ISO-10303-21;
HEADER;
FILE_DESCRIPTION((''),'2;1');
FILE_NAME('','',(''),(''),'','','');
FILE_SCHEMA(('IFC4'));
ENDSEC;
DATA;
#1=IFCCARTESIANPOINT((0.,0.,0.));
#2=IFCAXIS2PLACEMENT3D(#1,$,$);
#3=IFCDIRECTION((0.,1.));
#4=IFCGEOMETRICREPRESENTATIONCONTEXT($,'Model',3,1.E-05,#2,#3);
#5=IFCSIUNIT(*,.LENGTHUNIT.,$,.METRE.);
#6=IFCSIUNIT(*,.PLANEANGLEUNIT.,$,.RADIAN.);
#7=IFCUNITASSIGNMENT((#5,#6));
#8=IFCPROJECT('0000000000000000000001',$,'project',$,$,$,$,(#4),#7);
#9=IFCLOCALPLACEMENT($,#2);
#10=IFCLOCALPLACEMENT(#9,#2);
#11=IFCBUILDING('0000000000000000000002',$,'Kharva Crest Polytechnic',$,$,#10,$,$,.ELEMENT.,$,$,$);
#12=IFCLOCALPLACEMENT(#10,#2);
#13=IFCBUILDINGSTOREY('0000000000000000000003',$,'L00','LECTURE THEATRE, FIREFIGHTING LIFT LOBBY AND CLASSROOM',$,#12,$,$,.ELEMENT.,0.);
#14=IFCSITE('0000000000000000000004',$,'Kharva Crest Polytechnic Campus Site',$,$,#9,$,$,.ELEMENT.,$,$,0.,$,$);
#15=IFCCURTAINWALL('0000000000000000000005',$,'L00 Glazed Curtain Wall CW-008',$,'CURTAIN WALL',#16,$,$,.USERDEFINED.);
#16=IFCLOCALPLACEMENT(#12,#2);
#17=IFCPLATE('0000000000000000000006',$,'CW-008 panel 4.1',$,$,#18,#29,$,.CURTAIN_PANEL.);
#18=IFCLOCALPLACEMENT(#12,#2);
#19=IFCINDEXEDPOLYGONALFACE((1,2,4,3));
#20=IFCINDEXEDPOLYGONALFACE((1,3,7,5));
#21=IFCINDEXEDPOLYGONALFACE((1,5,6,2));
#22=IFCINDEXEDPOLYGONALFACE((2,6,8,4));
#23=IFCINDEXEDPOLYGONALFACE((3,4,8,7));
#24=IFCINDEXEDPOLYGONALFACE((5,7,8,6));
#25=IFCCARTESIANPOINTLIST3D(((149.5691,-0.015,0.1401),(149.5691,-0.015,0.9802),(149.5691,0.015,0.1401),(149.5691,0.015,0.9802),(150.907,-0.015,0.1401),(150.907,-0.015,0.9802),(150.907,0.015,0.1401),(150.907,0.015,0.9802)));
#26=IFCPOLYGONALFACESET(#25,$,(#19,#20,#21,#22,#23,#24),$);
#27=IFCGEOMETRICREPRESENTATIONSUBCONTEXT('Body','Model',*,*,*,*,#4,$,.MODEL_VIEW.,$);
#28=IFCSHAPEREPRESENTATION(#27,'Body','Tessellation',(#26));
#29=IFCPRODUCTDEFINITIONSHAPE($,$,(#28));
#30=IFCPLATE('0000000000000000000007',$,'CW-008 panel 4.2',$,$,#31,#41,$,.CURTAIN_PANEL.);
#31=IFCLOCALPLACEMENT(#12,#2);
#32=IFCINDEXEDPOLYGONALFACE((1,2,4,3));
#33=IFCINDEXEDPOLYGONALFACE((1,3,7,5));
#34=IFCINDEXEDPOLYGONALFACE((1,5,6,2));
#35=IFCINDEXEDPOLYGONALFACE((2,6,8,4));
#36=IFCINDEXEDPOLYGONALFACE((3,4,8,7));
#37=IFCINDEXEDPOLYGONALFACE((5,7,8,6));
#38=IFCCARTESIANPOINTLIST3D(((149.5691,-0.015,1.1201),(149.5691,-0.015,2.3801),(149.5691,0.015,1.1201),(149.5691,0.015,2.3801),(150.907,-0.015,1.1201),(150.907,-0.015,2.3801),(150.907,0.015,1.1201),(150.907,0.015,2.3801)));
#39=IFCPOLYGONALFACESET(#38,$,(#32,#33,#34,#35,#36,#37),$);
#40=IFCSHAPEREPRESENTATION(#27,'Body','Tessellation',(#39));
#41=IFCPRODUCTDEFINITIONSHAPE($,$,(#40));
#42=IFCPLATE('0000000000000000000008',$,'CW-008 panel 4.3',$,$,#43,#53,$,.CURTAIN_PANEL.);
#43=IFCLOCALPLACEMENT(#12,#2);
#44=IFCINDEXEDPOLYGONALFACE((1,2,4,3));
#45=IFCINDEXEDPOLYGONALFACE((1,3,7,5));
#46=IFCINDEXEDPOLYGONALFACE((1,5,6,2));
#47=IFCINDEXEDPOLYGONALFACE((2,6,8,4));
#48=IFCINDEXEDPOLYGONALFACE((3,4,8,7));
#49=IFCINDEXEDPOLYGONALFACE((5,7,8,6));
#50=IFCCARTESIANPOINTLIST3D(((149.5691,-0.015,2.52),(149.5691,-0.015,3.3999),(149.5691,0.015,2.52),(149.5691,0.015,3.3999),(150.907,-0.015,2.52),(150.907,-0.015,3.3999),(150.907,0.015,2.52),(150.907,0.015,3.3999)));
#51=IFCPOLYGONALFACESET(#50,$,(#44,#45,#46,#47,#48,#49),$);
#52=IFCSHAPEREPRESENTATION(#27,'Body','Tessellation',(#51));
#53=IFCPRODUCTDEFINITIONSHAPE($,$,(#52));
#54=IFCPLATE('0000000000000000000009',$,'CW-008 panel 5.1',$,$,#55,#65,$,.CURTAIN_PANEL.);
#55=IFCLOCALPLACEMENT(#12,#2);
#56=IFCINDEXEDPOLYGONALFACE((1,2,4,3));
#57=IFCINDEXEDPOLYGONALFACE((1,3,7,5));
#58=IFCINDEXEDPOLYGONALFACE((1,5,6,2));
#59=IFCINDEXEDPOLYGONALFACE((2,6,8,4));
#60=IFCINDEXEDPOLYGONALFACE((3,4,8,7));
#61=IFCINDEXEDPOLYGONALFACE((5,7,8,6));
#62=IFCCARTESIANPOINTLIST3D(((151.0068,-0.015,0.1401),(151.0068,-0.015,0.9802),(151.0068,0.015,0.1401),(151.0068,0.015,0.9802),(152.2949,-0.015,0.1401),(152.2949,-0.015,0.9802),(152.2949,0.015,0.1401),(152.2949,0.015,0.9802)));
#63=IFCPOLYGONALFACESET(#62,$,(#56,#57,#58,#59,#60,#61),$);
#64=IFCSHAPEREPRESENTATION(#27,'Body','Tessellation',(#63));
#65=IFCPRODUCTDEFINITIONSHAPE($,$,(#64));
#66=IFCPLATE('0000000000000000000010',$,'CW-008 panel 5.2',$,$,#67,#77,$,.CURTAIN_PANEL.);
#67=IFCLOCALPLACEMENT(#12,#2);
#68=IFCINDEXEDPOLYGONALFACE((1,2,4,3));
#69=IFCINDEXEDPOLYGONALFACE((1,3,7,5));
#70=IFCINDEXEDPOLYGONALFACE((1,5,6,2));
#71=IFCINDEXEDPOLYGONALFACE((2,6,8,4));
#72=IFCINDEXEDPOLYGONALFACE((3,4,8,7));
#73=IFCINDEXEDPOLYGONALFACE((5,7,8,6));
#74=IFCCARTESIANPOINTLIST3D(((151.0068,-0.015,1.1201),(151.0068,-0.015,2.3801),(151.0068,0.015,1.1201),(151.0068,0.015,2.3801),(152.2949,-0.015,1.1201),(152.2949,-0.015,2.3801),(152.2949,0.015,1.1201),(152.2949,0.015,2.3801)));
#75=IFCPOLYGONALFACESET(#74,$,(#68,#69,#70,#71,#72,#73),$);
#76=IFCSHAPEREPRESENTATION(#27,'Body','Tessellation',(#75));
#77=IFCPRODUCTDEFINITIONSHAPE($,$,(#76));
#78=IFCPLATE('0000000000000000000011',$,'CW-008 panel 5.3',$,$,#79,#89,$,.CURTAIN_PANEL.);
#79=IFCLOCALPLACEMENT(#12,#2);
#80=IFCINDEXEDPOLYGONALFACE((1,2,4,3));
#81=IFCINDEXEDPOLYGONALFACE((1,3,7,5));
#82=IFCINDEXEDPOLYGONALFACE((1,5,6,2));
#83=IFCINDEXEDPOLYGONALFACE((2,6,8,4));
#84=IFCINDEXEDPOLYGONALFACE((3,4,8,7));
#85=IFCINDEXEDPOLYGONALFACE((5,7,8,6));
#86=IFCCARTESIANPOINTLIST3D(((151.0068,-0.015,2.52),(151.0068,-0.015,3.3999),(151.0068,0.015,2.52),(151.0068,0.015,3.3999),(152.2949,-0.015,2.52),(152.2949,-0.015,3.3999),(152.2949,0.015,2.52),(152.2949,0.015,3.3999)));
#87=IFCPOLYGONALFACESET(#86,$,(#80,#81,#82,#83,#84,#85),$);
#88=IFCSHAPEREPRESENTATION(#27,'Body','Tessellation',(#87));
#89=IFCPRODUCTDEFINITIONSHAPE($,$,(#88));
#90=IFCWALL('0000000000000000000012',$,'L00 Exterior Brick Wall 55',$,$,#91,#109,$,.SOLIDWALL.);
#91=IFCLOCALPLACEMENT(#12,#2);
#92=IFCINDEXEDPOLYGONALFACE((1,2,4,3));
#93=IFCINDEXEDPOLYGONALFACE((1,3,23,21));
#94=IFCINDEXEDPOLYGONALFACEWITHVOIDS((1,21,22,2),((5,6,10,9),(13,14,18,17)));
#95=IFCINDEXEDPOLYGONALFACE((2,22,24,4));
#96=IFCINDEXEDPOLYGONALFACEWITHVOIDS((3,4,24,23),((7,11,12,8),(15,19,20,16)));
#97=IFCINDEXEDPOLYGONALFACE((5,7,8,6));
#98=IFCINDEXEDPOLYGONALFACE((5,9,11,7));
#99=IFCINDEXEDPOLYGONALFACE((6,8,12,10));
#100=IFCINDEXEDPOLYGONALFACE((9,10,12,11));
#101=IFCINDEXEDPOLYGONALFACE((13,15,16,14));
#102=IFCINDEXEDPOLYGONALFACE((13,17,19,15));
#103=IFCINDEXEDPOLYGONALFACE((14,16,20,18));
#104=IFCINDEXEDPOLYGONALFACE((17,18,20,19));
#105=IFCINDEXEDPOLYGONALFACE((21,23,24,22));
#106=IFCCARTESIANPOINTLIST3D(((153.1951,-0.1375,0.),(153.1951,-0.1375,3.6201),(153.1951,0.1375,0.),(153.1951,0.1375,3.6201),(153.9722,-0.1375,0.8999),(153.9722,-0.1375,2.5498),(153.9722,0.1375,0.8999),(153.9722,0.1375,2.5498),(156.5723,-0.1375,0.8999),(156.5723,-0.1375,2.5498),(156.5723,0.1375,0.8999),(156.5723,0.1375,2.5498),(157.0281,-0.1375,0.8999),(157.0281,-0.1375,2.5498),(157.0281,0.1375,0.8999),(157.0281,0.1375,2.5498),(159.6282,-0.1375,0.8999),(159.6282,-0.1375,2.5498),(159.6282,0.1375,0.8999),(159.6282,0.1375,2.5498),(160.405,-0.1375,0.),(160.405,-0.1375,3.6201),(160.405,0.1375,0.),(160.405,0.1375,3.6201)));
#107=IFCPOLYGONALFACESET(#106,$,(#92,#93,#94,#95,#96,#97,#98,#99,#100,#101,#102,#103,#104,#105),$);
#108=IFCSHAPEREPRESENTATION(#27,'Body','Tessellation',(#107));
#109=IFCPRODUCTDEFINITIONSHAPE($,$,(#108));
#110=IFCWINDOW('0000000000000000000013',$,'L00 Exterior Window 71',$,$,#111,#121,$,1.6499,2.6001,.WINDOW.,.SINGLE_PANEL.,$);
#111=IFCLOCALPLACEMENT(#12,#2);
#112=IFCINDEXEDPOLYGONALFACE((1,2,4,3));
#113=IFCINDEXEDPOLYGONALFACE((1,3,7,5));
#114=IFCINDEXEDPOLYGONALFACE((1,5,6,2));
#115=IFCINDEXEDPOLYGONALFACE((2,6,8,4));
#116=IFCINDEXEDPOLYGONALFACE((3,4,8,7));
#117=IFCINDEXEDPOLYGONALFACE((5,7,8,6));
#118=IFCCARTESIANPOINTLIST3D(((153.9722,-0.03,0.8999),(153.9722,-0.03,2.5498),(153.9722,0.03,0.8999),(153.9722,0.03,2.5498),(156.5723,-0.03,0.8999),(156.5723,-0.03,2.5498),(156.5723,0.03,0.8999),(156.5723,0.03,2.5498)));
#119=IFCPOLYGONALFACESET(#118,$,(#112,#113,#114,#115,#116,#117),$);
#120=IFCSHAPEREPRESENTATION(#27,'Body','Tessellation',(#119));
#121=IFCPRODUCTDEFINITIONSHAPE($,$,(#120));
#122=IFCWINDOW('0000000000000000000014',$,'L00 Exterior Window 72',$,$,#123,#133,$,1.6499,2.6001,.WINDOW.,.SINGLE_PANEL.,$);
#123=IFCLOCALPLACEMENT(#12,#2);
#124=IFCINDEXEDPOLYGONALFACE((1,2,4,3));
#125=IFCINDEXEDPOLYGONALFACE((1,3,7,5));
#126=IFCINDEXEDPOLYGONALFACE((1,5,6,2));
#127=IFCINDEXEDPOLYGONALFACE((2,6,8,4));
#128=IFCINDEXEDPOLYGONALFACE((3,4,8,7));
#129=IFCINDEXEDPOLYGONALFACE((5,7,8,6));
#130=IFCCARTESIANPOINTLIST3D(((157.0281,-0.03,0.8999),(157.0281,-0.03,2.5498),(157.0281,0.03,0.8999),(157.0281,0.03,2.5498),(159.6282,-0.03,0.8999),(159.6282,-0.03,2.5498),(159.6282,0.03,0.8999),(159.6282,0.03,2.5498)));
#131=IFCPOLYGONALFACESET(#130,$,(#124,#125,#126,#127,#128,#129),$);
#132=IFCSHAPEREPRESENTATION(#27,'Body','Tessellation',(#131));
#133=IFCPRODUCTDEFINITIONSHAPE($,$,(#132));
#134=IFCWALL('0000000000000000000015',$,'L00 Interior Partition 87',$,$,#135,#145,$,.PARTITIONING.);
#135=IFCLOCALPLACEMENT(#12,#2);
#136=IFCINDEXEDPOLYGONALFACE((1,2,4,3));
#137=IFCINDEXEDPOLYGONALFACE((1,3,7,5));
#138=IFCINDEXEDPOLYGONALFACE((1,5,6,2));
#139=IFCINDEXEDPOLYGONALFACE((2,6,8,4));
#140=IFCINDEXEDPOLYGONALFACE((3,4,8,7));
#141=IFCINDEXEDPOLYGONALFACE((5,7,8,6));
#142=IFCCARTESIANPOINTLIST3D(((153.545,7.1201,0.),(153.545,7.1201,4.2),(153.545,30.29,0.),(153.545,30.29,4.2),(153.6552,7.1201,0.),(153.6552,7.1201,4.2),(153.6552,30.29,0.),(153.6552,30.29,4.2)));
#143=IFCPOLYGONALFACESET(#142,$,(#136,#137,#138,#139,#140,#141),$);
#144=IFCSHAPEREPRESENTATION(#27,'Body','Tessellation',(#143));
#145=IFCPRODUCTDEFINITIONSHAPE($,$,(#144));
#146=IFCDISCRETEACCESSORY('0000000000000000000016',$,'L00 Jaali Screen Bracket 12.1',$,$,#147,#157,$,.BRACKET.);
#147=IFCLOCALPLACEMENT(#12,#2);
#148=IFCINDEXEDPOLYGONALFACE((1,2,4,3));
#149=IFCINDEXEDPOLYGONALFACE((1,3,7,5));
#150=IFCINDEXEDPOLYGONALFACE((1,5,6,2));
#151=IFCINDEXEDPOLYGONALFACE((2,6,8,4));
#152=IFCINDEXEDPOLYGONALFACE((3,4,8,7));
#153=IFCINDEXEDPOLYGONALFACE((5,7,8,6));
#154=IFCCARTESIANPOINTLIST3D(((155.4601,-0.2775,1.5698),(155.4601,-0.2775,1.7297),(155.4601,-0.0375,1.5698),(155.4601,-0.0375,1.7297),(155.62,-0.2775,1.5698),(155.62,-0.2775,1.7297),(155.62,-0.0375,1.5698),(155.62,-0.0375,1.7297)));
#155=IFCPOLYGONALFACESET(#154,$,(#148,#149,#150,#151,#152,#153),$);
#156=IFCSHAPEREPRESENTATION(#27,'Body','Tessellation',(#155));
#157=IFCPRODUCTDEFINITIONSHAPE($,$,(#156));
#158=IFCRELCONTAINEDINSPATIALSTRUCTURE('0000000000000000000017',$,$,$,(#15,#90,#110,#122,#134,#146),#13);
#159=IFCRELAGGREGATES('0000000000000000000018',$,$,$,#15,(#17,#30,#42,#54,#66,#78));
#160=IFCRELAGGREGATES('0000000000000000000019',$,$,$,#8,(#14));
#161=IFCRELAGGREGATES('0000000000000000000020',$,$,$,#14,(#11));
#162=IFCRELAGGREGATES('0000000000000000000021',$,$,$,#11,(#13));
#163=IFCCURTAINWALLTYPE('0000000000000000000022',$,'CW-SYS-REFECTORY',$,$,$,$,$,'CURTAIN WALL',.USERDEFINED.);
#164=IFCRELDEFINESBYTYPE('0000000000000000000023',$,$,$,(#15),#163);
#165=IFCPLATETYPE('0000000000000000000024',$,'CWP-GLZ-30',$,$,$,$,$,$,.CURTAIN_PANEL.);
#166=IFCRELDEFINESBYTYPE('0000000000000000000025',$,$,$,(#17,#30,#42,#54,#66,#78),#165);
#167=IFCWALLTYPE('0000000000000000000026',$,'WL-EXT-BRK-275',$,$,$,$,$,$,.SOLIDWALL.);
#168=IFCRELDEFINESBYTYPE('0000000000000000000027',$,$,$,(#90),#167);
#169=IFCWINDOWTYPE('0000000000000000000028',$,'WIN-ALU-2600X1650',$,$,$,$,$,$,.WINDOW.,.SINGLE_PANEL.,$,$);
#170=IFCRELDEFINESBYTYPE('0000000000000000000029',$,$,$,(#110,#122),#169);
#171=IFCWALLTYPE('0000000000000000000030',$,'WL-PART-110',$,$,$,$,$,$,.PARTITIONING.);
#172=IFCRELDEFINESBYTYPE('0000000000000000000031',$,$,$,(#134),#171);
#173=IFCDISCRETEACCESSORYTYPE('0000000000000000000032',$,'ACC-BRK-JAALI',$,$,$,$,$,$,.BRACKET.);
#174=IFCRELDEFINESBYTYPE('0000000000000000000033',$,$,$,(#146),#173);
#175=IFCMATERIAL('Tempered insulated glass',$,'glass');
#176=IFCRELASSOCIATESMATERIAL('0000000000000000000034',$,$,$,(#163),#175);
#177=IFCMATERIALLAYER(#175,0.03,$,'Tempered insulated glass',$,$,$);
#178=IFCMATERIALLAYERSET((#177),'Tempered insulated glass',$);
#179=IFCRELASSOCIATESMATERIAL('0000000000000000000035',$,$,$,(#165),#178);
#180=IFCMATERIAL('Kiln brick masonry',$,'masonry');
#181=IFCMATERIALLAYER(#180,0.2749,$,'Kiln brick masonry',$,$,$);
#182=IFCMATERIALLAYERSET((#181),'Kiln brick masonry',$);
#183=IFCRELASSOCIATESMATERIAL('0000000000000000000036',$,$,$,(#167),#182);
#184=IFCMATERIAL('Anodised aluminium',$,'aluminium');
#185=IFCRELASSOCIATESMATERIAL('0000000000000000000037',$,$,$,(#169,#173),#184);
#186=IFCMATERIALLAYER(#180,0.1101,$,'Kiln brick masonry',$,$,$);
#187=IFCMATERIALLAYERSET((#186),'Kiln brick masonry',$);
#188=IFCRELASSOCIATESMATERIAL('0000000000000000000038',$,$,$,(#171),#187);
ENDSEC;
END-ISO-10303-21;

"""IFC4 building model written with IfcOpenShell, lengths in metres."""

from ifc_helpers import new_model, si_unit, direction, frame, frame_2d, origin, origin_2d, place, context, subcontext, project, spatial, rectangle, extrude, material, layer, layer_set, type_object, element, fill, aggregate, save


model = new_model("IFC4")

# Units and contexts
model_context = context("Model", 3, precision=1e-05, world=origin(), true_north=direction((0.0, 1.0)))
body_context = subcontext(model_context, "Body", "Model", "MODEL_VIEW")
ifc_project = project(units=[si_unit("LENGTHUNIT", "METRE"), si_unit("PLANEANGLEUNIT", "RADIAN")], contexts=[model_context])

# Site, building, storey
site_placement = place(None, origin())
site = spatial("IfcSite", under=ifc_project, at=site_placement, Name="Kharva Crest Polytechnic Campus Site", CompositionType="ELEMENT", RefElevation=0.0)
building_placement = place(site_placement, origin())
building = spatial("IfcBuilding", under=site, at=building_placement, Name="Kharva Crest Polytechnic", CompositionType="ELEMENT")
storey_placement = place(building_placement, origin())
storey = spatial("IfcBuildingStorey", under=building, at=storey_placement, Name="L00", Description="LECTURE THEATRE, FIREFIGHTING LIFT LOBBY AND CLASSROOM", CompositionType="ELEMENT", Elevation=0.0)

# Curtain wall
ifc_material_1 = material(Name="Tempered insulated glass", Category="glass")
curtain_wall_type = type_object("IfcCurtainWallType", Name="CW-SYS-REFECTORY", ElementType="CURTAIN WALL", PredefinedType="USERDEFINED", material=ifc_material_1)
curtain_wall_placement = place(storey_placement, origin())
curtain_wall = element("IfcCurtainWall", 1, at=curtain_wall_placement, inside=storey, type_object=curtain_wall_type, Name="L00 Glazed Curtain Wall CW-008", ObjectType="CURTAIN WALL", PredefinedType="USERDEFINED")

# Plates
ifc_layer_1 = layer(ifc_material_1, 0.03, Name="Tempered insulated glass")
ifc_layer_set_1 = layer_set([ifc_layer_1], Name="Tempered insulated glass")
plate_type = type_object("IfcPlateType", Name="CWP-GLZ-30", PredefinedType="CURTAIN_PANEL", material=ifc_layer_set_1)
plate_1_placement = place(storey_placement, frame((150.238, 0.0, 0.1401), z_axis=(0.0, 0.0, 1.0), x_axis=(1.0, 0.0, 0.0)))
plate_1 = element("IfcPlate", 2, at=plate_1_placement, type_object=plate_type, Name="CW-008 panel 4.1", PredefinedType="CURTAIN_PANEL", context=body_context, shape_type="SweptSolid", body=[
    extrude(rectangle(XDim=1.3379, YDim=0.03, at=origin_2d()), origin(), (0.0, 0.0, 1.0), 0.8401),
])
plate_2_placement = place(storey_placement, frame((150.238, 0.0, 1.1201), z_axis=(0.0, 0.0, 1.0), x_axis=(1.0, 0.0, 0.0)))
plate_2 = element("IfcPlate", 3, at=plate_2_placement, type_object=plate_type, Name="CW-008 panel 4.2", PredefinedType="CURTAIN_PANEL", context=body_context, shape_type="SweptSolid", body=[
    extrude(rectangle(XDim=1.3379, YDim=0.03, at=origin_2d()), origin(), (0.0, 0.0, 1.0), 1.26),
])
plate_3_placement = place(storey_placement, frame((150.238, 0.0, 2.52), z_axis=(0.0, 0.0, 1.0), x_axis=(1.0, 0.0, 0.0)))
plate_3 = element("IfcPlate", 4, at=plate_3_placement, type_object=plate_type, Name="CW-008 panel 4.3", PredefinedType="CURTAIN_PANEL", context=body_context, shape_type="SweptSolid", body=[
    extrude(rectangle(XDim=1.3379, YDim=0.03, at=origin_2d()), origin(), (0.0, 0.0, 1.0), 0.8799),
])
plate_4_placement = place(storey_placement, frame((151.6509, 0.0, 0.1401), z_axis=(0.0, 0.0, 1.0), x_axis=(1.0, 0.0, 0.0)))
plate_4 = element("IfcPlate", 5, at=plate_4_placement, type_object=plate_type, Name="CW-008 panel 5.1", PredefinedType="CURTAIN_PANEL", context=body_context, shape_type="SweptSolid", body=[
    extrude(rectangle(XDim=1.2881, YDim=0.03, at=origin_2d()), origin(), (0.0, 0.0, 1.0), 0.8401),
])
plate_5_placement = place(storey_placement, frame((151.6509, 0.0, 1.1201), z_axis=(0.0, 0.0, 1.0), x_axis=(1.0, 0.0, 0.0)))
plate_5 = element("IfcPlate", 6, at=plate_5_placement, type_object=plate_type, Name="CW-008 panel 5.2", PredefinedType="CURTAIN_PANEL", context=body_context, shape_type="SweptSolid", body=[
    extrude(rectangle(XDim=1.2881, YDim=0.03, at=origin_2d()), origin(), (0.0, 0.0, 1.0), 1.26),
])
plate_6_placement = place(storey_placement, frame((151.6509, 0.0, 2.52), z_axis=(0.0, 0.0, 1.0), x_axis=(1.0, 0.0, 0.0)))
plate_6 = element("IfcPlate", 7, at=plate_6_placement, type_object=plate_type, Name="CW-008 panel 5.3", PredefinedType="CURTAIN_PANEL", context=body_context, shape_type="SweptSolid", body=[
    extrude(rectangle(XDim=1.2881, YDim=0.03, at=origin_2d()), origin(), (0.0, 0.0, 1.0), 0.8799),
])
aggregate(curtain_wall, [plate_1, plate_2, plate_3, plate_4, plate_5, plate_6])

# Wall, openings, windows
ifc_material_2 = material(Name="Kiln brick masonry", Category="masonry")
ifc_layer_2 = layer(ifc_material_2, 0.2749, Name="Kiln brick masonry")
ifc_layer_set_2 = layer_set([ifc_layer_2], Name="Kiln brick masonry")
wall_type_1 = type_object("IfcWallType", Name="WL-EXT-BRK-275", PredefinedType="SOLIDWALL", material=ifc_layer_set_2)
wall_1_placement = place(storey_placement, frame((153.1951, 0.0, 0.0), z_axis=(0.0, 0.0, 1.0), x_axis=(1.0, 0.0, 0.0)))
wall_1 = element("IfcWall", 8, at=wall_1_placement, inside=storey, type_object=wall_type_1, Name="L00 Exterior Brick Wall 55", PredefinedType="SOLIDWALL", context=body_context, shape_type="SweptSolid", body=[
    extrude(rectangle(XDim=7.21, YDim=0.2749, at=frame_2d((3.605, 0.0))), origin(), (0.0, 0.0, 1.0), 3.6201),
])
opening_1_placement = place(wall_1_placement, frame((0.7771, 0.0, 0.8999)))
opening_1 = element("IfcOpeningElement", 9, at=opening_1_placement, cuts=wall_1, PredefinedType="OPENING", context=body_context, shape_type="SweptSolid", body=[
    extrude(rectangle(XDim=2.6001, YDim=1.6499, at=frame_2d((1.3, 0.825))), frame((0.0, 0.1475, 0.0), z_axis=(0.0, -1.0, 0.0), x_axis=(1.0, 0.0, 0.0)), (0.0, 0.0, 1.0), 0.2949),
])
opening_2_placement = place(wall_1_placement, frame((3.833, 0.0, 0.8999)))
opening_2 = element("IfcOpeningElement", 10, at=opening_2_placement, cuts=wall_1, PredefinedType="OPENING", context=body_context, shape_type="SweptSolid", body=[
    extrude(rectangle(XDim=2.6001, YDim=1.6499, at=frame_2d((1.3, 0.825))), frame((0.0, 0.1475, 0.0), z_axis=(0.0, -1.0, 0.0), x_axis=(1.0, 0.0, 0.0)), (0.0, 0.0, 1.0), 0.2949),
])
ifc_material_3 = material(Name="Anodised aluminium", Category="aluminium")
window_type = type_object("IfcWindowType", Name="WIN-ALU-2600X1650", PartitioningType="SINGLE_PANEL", PredefinedType="WINDOW", material=ifc_material_3)
window_1_placement = place(opening_1_placement, origin())
window_1 = element("IfcWindow", 11, at=window_1_placement, inside=storey, type_object=window_type, Name="L00 Exterior Window 71", OverallHeight=1.6499, OverallWidth=2.6001, PartitioningType="SINGLE_PANEL", PredefinedType="WINDOW", context=body_context, shape_type="SweptSolid", body=[
    extrude(rectangle(XDim=2.6001, YDim=1.6499, at=frame_2d((1.3, 0.825))), frame((0.0, 0.03, 0.0), z_axis=(0.0, -1.0, 0.0), x_axis=(1.0, 0.0, 0.0)), (0.0, 0.0, 1.0), 0.0601),
])
fill(opening_1, window_1)
window_2_placement = place(opening_2_placement, origin())
window_2 = element("IfcWindow", 12, at=window_2_placement, inside=storey, type_object=window_type, Name="L00 Exterior Window 72", OverallHeight=1.6499, OverallWidth=2.6001, PartitioningType="SINGLE_PANEL", PredefinedType="WINDOW", context=body_context, shape_type="SweptSolid", body=[
    extrude(rectangle(XDim=2.6001, YDim=1.6499, at=frame_2d((1.3, 0.825))), frame((0.0, 0.03, 0.0), z_axis=(0.0, -1.0, 0.0), x_axis=(1.0, 0.0, 0.0)), (0.0, 0.0, 1.0), 0.0601),
])
fill(opening_2, window_2)

# Wall
ifc_layer_3 = layer(ifc_material_2, 0.1101, Name="Kiln brick masonry")
ifc_layer_set_3 = layer_set([ifc_layer_3], Name="Kiln brick masonry")
wall_type_2 = type_object("IfcWallType", Name="WL-PART-110", PredefinedType="PARTITIONING", material=ifc_layer_set_3)
wall_2_placement = place(storey_placement, frame((153.6001, 7.1201, 0.0), z_axis=(0.0, 0.0, 1.0), x_axis=(0.0, 1.0, 0.0)))
element("IfcWall", 13, at=wall_2_placement, inside=storey, type_object=wall_type_2, Name="L00 Interior Partition 87", PredefinedType="PARTITIONING", context=body_context, shape_type="SweptSolid", body=[
    extrude(rectangle(XDim=23.1699, YDim=0.1101, at=frame_2d((11.585, 0.0))), origin(), (0.0, 0.0, 1.0), 4.2),
])

# Discrete accessory
discrete_accessory_type = type_object("IfcDiscreteAccessoryType", Name="ACC-BRK-JAALI", PredefinedType="BRACKET", material=ifc_material_3)
discrete_accessory_placement = place(storey_placement, frame((155.54, -0.1575, 1.5698), z_axis=(0.0, 0.0, 1.0), x_axis=(1.0, 0.0, 0.0)))
element("IfcDiscreteAccessory", 14, at=discrete_accessory_placement, inside=storey, type_object=discrete_accessory_type, Name="L00 Jaali Screen Bracket 12.1", PredefinedType="BRACKET", context=body_context, shape_type="SweptSolid", body=[
    extrude(rectangle(XDim=0.1599, YDim=0.24, at=origin_2d()), origin(), (0.0, 0.0, 1.0), 0.1599),
])

save(model, "model.ifc")
